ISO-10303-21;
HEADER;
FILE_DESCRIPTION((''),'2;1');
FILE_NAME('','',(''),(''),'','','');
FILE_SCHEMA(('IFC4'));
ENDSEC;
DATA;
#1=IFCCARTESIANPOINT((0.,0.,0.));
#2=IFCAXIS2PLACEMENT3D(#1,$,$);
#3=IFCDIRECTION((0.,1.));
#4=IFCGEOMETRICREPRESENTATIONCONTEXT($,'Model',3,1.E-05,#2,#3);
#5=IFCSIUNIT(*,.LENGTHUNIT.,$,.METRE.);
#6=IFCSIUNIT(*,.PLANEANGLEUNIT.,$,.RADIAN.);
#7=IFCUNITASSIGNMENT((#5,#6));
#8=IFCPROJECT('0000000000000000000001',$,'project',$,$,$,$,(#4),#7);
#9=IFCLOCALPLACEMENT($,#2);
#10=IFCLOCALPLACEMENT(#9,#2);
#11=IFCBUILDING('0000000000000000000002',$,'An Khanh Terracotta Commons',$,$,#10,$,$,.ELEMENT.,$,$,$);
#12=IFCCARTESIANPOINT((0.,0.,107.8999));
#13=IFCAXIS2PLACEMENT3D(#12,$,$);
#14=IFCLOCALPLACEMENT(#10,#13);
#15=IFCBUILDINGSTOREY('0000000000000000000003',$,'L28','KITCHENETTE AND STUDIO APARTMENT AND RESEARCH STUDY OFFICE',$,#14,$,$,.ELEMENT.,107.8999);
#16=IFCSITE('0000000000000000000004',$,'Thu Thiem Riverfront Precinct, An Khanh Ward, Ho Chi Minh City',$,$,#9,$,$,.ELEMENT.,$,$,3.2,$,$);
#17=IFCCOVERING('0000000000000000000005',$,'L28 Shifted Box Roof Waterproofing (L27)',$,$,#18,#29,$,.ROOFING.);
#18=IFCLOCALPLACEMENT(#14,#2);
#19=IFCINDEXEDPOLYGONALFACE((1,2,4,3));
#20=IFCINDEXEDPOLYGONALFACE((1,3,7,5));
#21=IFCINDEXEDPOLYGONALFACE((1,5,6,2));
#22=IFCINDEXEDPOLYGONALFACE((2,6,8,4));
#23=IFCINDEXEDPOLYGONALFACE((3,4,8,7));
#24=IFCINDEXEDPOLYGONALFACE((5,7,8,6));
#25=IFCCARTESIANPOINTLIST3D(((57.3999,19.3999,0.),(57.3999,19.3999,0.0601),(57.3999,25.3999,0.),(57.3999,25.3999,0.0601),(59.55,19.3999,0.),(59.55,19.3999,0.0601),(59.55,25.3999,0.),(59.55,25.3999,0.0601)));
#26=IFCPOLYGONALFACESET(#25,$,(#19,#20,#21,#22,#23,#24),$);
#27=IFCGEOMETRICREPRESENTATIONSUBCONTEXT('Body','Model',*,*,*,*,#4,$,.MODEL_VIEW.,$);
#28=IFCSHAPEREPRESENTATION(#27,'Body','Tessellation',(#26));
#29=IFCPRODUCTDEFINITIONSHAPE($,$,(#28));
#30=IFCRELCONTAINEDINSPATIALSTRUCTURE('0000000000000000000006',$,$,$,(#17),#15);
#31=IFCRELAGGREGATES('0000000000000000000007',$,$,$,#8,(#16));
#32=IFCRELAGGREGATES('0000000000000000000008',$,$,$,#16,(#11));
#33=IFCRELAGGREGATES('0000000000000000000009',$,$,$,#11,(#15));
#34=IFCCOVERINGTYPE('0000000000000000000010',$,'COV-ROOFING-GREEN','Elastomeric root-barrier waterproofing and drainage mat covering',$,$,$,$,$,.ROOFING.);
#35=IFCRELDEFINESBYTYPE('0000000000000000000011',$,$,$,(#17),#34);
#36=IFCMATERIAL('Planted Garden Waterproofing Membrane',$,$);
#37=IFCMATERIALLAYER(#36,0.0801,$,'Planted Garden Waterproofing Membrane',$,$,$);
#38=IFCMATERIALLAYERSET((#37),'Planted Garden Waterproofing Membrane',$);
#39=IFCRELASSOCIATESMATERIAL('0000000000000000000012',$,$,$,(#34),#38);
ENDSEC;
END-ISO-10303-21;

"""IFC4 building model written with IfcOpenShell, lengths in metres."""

from ifc_helpers import new_model, si_unit, direction, frame, origin, place, context, subcontext, project, spatial, polyline, outline, extrude, material, layer, layer_set, type_object, element, save


model = new_model("IFC4")

# Units and contexts
model_context = context("Model", 3, precision=1e-05, world=origin(), true_north=direction((0.0, 1.0)))
body_context = subcontext(model_context, "Body", "Model", "MODEL_VIEW")
ifc_project = project(units=[si_unit("LENGTHUNIT", "METRE"), si_unit("PLANEANGLEUNIT", "RADIAN")], contexts=[model_context])

# Site, building, storey
site_placement = place(None, origin())
site = spatial("IfcSite", under=ifc_project, at=site_placement, Name="Thu Thiem Riverfront Precinct, An Khanh Ward, Ho Chi Minh City", CompositionType="ELEMENT", RefElevation=3.2)
building_placement = place(site_placement, origin())
building = spatial("IfcBuilding", under=site, at=building_placement, Name="An Khanh Terracotta Commons", CompositionType="ELEMENT")
storey_placement = place(building_placement, frame((0.0, 0.0, 107.8999)))
storey = spatial("IfcBuildingStorey", under=building, at=storey_placement, Name="L28", Description="KITCHENETTE AND STUDIO APARTMENT AND RESEARCH STUDY OFFICE", CompositionType="ELEMENT", Elevation=107.8999)

# Covering
ifc_material_1 = material(Name="Planted Garden Waterproofing Membrane")
ifc_layer_1 = layer(ifc_material_1, 0.0801, Name="Planted Garden Waterproofing Membrane")
ifc_layer_set_1 = layer_set([ifc_layer_1], Name="Planted Garden Waterproofing Membrane")
covering_type_1 = type_object("IfcCoveringType", Name="COV-ROOFING-GREEN", Description="Elastomeric root-barrier waterproofing and drainage mat covering", PredefinedType="ROOFING", material=ifc_layer_set_1)
covering_1_placement = place(storey_placement, origin())
element("IfcCovering", 1, at=covering_1_placement, inside=storey, type_object=covering_type_1, Name="L28 Shifted Box Roof Waterproofing (L27)", PredefinedType="ROOFING", context=body_context, shape_type="SweptSolid", body=[
    extrude(outline(polyline([(57.3999, 19.3999), (59.55, 19.3999), (59.55, 25.3999), (57.3999, 25.3999), (57.3999, 19.3999)])), origin(), (0.0, 0.0, 1.0), 0.0601),
])

save(model, "model.ifc")
